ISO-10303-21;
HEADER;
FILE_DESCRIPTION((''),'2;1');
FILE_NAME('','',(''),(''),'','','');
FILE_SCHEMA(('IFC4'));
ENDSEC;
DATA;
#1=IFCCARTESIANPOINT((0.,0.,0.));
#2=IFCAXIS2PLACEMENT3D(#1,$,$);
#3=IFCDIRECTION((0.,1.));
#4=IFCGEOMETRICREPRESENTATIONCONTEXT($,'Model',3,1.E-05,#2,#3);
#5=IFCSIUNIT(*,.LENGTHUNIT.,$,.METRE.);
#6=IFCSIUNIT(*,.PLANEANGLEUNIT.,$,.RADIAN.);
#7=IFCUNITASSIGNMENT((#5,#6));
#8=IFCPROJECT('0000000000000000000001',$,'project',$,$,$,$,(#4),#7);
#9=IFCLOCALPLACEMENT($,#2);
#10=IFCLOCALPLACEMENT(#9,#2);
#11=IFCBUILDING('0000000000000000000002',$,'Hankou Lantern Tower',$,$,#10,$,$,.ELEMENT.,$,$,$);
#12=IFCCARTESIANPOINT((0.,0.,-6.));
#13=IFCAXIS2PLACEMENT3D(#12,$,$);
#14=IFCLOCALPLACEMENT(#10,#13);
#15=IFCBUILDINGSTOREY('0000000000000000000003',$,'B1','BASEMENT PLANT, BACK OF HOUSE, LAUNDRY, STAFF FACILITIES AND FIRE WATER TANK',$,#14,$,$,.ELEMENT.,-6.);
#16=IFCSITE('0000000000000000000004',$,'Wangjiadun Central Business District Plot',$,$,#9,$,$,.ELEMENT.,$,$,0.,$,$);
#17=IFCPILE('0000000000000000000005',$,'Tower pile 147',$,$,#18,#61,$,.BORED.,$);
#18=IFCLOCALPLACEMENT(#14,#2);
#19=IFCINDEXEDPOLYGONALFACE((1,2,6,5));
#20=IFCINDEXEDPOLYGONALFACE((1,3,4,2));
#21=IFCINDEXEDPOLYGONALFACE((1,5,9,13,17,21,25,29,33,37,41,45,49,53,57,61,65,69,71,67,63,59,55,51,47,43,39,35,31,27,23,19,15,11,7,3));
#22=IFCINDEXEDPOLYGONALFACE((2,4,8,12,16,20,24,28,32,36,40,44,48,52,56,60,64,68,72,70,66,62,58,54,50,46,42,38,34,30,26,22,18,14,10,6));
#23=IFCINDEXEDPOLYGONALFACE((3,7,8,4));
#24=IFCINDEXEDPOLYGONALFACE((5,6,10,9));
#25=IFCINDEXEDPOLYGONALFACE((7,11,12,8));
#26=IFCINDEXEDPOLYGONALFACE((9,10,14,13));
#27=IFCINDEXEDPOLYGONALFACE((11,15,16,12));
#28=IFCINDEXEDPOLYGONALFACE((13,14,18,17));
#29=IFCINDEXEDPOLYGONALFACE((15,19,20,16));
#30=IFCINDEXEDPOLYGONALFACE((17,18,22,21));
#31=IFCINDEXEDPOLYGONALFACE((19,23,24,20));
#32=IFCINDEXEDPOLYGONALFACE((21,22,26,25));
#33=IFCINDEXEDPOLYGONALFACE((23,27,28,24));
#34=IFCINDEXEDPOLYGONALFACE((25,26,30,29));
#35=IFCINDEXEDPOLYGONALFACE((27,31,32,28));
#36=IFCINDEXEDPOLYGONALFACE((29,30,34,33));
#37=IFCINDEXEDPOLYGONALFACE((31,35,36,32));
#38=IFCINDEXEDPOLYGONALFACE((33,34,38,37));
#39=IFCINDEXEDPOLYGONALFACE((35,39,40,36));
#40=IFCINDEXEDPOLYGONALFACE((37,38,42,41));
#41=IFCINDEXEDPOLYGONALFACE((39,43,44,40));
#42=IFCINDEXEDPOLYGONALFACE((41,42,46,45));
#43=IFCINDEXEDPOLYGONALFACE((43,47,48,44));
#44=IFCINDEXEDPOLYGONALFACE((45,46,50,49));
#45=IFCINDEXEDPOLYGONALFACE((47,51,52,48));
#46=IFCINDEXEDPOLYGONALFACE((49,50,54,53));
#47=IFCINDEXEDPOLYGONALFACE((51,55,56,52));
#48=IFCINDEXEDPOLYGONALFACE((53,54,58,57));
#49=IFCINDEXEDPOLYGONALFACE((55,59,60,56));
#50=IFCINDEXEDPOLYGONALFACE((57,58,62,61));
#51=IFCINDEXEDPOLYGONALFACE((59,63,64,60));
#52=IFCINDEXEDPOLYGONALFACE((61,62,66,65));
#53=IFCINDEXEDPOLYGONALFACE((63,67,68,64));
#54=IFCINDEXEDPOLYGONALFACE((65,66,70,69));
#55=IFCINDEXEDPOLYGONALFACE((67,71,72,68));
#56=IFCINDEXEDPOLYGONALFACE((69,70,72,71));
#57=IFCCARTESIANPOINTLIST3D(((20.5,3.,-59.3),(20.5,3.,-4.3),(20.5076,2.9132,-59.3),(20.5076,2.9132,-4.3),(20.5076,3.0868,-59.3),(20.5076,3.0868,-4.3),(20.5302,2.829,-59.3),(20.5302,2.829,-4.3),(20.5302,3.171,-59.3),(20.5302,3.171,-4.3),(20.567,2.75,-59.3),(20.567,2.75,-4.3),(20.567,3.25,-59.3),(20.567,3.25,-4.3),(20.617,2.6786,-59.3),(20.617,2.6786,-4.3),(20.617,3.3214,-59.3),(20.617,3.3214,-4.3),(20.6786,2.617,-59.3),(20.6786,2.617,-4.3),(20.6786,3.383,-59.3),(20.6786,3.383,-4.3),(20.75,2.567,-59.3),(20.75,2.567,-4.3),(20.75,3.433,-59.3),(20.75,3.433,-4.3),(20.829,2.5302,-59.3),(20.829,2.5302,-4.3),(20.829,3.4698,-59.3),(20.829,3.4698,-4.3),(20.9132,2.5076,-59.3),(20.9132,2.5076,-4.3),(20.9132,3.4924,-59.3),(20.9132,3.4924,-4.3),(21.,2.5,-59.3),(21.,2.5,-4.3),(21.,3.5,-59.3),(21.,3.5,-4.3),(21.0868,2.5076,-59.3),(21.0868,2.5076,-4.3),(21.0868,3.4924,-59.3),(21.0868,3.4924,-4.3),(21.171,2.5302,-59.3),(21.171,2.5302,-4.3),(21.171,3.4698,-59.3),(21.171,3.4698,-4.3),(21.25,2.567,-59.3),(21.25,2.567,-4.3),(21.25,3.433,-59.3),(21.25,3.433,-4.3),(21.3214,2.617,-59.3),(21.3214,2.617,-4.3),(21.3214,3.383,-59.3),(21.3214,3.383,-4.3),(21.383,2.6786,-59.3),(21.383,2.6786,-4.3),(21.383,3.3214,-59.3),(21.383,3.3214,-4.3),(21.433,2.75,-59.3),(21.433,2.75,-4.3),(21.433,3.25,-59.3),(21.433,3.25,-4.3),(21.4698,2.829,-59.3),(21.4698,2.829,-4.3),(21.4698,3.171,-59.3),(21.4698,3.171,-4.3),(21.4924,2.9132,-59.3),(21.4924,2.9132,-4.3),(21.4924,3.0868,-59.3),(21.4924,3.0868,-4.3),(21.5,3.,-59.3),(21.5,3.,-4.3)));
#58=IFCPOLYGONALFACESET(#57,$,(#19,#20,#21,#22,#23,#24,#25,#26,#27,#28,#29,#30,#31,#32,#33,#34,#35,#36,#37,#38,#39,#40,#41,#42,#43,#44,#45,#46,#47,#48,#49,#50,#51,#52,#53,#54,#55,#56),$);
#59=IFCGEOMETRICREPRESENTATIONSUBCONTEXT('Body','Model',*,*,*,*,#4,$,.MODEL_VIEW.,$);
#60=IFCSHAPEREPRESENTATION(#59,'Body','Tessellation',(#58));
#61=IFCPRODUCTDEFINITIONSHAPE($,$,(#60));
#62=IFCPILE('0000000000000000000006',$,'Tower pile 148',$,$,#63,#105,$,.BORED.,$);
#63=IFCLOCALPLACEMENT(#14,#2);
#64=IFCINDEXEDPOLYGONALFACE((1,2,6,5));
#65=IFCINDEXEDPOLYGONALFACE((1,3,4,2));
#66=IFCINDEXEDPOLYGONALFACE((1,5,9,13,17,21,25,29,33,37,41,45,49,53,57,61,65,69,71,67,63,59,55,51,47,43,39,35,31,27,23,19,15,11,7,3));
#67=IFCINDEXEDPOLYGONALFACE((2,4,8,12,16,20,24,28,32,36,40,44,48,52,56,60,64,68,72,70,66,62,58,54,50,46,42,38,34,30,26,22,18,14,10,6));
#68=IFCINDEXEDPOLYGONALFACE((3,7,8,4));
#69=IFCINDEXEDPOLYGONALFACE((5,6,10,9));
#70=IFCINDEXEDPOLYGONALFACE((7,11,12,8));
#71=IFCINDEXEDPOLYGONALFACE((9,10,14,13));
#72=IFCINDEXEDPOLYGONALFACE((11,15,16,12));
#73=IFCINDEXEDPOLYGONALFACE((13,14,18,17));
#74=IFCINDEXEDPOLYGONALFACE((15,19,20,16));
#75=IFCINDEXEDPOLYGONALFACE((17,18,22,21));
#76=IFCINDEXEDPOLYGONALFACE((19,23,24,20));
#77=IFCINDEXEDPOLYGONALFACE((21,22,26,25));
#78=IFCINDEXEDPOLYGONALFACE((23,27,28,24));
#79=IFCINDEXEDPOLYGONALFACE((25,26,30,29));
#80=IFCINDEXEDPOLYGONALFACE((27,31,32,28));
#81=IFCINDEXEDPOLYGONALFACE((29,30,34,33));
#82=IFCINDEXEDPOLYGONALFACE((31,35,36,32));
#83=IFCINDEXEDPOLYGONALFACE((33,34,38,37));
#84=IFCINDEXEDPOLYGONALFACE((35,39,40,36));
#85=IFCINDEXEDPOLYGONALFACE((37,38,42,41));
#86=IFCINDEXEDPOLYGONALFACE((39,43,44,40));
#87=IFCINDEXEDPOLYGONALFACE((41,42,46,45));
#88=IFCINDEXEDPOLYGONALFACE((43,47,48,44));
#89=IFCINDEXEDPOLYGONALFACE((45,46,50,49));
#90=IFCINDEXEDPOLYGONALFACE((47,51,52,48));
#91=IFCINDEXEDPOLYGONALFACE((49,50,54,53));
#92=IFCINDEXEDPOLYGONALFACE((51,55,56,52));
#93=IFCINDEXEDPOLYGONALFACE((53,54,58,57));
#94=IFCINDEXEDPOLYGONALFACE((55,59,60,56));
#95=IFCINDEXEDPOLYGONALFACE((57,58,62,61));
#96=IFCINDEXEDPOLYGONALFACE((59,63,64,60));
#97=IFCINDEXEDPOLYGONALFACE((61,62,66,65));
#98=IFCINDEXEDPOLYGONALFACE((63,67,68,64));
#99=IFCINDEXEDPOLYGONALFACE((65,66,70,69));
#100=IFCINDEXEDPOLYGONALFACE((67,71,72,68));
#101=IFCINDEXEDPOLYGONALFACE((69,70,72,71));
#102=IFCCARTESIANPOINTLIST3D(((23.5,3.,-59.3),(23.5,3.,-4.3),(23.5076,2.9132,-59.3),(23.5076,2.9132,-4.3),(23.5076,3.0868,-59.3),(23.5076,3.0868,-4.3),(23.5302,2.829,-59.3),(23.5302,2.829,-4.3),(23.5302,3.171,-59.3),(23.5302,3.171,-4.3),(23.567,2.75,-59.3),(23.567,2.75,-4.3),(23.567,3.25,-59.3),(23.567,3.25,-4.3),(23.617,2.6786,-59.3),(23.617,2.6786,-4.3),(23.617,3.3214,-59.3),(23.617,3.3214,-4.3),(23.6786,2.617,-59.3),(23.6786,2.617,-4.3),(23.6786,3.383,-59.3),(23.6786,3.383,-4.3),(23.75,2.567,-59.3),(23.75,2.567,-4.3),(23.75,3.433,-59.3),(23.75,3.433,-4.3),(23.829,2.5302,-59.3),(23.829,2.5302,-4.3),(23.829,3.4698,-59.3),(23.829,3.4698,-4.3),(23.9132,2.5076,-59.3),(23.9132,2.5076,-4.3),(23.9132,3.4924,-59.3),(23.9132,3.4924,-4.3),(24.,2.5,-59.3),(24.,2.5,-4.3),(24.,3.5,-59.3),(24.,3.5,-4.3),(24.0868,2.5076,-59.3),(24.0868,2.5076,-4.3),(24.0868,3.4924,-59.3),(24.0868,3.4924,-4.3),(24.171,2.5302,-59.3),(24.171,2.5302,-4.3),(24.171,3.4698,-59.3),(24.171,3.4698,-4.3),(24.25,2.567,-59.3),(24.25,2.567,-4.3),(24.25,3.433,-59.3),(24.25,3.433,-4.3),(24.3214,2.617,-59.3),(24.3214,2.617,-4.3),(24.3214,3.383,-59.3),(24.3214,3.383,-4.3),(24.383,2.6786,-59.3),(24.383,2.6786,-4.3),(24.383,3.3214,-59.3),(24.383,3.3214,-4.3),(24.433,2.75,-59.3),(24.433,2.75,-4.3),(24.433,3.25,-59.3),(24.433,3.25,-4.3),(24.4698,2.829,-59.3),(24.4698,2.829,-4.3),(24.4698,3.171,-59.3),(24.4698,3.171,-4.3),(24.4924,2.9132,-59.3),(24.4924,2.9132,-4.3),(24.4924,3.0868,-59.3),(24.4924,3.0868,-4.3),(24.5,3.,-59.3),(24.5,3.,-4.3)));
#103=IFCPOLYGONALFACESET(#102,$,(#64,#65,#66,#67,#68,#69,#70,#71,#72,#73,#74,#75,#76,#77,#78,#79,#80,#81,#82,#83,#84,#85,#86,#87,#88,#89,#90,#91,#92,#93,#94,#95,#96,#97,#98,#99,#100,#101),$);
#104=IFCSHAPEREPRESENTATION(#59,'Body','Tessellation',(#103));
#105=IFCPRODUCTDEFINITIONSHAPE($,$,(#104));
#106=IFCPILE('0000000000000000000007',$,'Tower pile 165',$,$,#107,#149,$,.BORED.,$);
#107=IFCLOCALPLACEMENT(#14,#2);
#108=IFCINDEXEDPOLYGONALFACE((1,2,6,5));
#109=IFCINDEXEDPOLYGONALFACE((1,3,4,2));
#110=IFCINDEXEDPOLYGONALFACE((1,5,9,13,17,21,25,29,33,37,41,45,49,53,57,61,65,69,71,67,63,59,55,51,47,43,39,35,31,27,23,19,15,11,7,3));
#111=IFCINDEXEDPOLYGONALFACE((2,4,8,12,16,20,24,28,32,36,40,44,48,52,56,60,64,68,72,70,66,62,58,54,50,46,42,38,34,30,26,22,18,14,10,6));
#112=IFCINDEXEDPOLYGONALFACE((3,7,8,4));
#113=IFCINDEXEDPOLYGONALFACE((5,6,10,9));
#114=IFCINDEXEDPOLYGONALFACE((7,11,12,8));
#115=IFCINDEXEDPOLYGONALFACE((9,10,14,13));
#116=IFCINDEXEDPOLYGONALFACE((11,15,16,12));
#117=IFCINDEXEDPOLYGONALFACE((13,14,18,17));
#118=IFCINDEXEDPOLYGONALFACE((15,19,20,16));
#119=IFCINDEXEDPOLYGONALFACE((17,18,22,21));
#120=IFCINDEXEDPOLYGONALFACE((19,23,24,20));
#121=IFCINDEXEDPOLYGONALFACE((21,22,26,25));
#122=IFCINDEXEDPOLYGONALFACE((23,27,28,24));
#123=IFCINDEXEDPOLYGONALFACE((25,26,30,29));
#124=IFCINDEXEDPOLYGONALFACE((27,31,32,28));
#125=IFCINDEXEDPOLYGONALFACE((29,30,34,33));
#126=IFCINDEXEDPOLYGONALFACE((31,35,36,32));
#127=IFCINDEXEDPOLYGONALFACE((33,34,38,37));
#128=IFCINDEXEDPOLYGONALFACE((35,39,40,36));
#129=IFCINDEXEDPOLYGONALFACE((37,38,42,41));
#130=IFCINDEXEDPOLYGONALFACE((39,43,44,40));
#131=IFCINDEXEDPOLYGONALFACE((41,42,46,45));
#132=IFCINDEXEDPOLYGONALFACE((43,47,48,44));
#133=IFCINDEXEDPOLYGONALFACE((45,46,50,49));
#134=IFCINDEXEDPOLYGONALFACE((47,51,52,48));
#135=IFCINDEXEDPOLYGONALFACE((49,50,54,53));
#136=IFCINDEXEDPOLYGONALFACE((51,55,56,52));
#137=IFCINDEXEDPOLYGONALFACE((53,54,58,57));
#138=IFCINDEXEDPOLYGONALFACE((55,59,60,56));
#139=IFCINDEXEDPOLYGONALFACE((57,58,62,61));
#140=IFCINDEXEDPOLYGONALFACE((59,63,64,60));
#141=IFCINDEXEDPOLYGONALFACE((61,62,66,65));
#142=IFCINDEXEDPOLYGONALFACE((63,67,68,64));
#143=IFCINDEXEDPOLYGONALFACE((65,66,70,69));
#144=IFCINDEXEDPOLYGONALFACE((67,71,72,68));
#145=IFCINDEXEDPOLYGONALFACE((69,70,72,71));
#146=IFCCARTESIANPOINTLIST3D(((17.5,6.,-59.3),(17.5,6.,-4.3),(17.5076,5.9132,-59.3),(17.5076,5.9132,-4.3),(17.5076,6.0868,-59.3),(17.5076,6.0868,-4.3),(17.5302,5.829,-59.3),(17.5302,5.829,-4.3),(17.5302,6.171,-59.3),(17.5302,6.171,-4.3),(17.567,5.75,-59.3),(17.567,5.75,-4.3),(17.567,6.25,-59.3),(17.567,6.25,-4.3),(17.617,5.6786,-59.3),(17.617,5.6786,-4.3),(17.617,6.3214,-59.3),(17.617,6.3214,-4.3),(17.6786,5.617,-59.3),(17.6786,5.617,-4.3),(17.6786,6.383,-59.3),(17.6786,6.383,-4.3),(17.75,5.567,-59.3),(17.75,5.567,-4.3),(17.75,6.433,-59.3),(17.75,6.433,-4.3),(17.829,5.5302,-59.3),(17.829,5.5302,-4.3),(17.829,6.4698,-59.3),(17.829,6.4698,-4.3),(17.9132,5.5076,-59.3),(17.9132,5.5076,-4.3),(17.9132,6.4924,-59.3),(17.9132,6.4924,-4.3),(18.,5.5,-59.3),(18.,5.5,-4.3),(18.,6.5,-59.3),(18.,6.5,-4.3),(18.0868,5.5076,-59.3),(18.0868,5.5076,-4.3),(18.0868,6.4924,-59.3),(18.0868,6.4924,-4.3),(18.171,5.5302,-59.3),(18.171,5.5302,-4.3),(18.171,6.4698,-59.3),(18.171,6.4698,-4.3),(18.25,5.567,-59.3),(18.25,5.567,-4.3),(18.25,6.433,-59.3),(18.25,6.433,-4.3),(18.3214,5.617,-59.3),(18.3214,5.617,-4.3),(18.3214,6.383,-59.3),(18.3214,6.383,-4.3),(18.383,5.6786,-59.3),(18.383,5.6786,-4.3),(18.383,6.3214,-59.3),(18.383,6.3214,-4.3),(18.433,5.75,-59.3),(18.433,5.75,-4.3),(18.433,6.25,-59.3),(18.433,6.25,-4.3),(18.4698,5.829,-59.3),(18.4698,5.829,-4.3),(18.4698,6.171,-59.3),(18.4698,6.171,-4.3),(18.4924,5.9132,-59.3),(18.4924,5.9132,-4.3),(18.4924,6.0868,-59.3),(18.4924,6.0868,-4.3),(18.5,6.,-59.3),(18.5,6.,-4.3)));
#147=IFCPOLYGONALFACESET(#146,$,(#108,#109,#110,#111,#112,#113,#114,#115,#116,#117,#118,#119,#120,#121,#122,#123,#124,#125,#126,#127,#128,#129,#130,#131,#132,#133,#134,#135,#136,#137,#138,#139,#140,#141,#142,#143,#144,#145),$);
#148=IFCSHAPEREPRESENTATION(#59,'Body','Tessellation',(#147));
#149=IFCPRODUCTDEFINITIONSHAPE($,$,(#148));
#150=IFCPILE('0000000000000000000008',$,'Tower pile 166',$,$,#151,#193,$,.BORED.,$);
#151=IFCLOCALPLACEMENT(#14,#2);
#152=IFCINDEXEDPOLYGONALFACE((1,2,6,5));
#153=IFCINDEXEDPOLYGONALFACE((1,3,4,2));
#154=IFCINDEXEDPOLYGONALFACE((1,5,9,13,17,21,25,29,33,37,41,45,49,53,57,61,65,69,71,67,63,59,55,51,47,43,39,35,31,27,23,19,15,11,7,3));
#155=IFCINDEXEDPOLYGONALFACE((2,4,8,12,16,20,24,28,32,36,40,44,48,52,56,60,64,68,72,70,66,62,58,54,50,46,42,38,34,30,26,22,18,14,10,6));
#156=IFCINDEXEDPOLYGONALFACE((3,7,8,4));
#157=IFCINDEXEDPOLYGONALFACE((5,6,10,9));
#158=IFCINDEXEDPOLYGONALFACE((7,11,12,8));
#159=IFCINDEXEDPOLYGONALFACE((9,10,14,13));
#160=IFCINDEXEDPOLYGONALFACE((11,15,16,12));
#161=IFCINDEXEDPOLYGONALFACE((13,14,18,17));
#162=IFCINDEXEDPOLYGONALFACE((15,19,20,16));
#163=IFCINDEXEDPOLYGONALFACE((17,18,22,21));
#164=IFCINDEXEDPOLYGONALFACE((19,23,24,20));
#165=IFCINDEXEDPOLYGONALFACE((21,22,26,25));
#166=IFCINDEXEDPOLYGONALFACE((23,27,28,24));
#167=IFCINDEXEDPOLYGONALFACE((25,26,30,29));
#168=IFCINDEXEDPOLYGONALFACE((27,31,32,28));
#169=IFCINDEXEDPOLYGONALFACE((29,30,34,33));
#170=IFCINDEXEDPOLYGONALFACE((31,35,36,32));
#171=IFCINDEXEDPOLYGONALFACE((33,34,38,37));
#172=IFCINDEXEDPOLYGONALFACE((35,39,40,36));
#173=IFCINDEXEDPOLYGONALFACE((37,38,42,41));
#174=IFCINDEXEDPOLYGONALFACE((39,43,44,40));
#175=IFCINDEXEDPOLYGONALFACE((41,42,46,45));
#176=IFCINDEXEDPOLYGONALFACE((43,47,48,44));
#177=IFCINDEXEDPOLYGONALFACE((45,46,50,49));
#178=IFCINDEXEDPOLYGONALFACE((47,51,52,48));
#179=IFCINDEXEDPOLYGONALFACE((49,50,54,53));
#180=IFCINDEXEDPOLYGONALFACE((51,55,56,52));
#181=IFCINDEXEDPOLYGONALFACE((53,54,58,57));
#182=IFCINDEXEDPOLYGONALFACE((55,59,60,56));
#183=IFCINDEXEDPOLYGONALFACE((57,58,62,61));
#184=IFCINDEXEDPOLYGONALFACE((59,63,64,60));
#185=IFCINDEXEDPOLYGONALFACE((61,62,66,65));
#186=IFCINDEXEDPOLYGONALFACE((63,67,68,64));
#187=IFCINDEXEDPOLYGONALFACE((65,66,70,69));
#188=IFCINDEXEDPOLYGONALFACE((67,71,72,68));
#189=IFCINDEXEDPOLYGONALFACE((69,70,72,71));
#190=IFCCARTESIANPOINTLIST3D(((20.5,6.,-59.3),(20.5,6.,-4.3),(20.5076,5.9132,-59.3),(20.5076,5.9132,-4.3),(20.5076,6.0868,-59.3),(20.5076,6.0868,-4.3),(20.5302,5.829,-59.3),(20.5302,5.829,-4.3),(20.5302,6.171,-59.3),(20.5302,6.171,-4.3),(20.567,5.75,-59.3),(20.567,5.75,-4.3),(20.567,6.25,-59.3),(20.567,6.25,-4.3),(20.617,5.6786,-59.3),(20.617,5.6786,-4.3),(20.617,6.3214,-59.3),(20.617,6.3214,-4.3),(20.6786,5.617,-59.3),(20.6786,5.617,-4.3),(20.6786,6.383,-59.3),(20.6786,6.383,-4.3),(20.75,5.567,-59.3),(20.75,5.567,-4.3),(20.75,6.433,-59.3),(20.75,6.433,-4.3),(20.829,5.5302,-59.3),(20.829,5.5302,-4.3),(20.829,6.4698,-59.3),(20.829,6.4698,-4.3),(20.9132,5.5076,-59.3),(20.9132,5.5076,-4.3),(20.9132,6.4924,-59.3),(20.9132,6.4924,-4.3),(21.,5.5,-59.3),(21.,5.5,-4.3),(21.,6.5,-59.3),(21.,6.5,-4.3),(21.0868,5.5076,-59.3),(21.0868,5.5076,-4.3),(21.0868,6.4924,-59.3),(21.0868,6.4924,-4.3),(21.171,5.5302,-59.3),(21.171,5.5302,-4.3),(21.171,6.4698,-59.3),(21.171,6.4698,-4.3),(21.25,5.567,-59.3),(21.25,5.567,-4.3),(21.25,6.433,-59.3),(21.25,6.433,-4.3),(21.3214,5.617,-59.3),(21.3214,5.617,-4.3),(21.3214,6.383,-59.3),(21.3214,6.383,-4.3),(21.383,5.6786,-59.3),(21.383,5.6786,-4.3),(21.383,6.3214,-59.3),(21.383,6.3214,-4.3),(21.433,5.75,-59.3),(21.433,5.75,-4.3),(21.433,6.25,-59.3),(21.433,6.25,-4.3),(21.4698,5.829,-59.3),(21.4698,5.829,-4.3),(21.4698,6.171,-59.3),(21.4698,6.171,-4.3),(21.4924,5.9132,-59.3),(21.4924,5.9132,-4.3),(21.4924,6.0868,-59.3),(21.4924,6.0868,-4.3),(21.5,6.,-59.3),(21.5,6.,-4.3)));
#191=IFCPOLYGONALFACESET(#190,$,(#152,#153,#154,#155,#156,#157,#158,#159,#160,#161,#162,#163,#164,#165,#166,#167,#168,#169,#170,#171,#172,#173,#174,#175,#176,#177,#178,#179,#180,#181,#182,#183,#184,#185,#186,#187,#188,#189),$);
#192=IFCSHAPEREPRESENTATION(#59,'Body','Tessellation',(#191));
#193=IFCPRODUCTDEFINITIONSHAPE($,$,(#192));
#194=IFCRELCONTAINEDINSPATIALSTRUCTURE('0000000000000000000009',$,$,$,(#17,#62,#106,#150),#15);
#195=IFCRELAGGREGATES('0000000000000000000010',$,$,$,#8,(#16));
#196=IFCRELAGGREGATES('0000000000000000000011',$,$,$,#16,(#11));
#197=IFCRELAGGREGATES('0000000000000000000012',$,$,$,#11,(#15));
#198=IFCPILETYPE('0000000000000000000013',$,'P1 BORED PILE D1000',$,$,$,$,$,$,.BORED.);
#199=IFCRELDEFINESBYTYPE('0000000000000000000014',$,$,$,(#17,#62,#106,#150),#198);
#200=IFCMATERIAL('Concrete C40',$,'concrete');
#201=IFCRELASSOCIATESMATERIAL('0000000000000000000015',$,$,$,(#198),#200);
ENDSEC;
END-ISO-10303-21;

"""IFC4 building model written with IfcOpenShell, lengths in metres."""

from ifc_helpers import new_model, si_unit, direction, frame, origin, origin_2d, place, context, subcontext, project, spatial, circle, extrude, material, material_profile, profile_set, type_object, element, save


model = new_model("IFC4")

# Units and contexts
model_context = context("Model", 3, precision=1e-05, world=origin(), true_north=direction((0.0, 1.0)))
body_context = subcontext(model_context, "Body", "Model", "MODEL_VIEW")
ifc_project = project(units=[si_unit("LENGTHUNIT", "METRE"), si_unit("PLANEANGLEUNIT", "RADIAN")], contexts=[model_context])

# Site, building, storey
site_placement = place(None, origin())
site = spatial("IfcSite", under=ifc_project, at=site_placement, Name="Wangjiadun Central Business District Plot", CompositionType="ELEMENT", RefElevation=0.0)
building_placement = place(site_placement, origin())
building = spatial("IfcBuilding", under=site, at=building_placement, Name="Hankou Lantern Tower", CompositionType="ELEMENT")
storey_placement = place(building_placement, frame((0.0, 0.0, -6.0)))
storey = spatial("IfcBuildingStorey", under=building, at=storey_placement, Name="B1", Description="BASEMENT PLANT, BACK OF HOUSE, LAUNDRY, STAFF FACILITIES AND FIRE WATER TANK", CompositionType="ELEMENT", Elevation=-6.0)

# Piles
ifc_material_1 = material(Name="Concrete C40", Category="concrete")
ifc_material_profile_1 = material_profile(ifc_material_1, circle(Radius=0.5, at=origin_2d()), Name="RC D1000")
ifc_profile_set_1 = profile_set([ifc_material_profile_1], Name="Concrete C40")
pile_type = type_object("IfcPileType", Name="P1 BORED PILE D1000", PredefinedType="BORED", material=ifc_profile_set_1)
for number, where, z_axis, x_axis, name in (
    (1, (21.0, 3.0, -4.3), (0.0, 0.0, -1.0), (1.0, 0.0, 0.0), "Tower pile 147"),
    (2, (24.0, 3.0, -4.3), (0.0, 0.0, -1.0), (1.0, 0.0, 0.0), "Tower pile 148"),
    (3, (18.0, 6.0, -4.3), (0.0, 0.0, -1.0), (1.0, 0.0, 0.0), "Tower pile 165"),
    (4, (21.0, 6.0, -4.3), (0.0, 0.0, -1.0), (1.0, 0.0, 0.0), "Tower pile 166"),
):
    element("IfcPile", number, at=place(storey_placement, frame(where, z_axis=z_axis, x_axis=x_axis)), inside=storey, type_object=pile_type, Name=name, PredefinedType="BORED", context=body_context, shape_type="SweptSolid", body=[
        extrude(circle(Radius=0.5, at=origin_2d()), origin(), (0.0, 0.0, 1.0), 55.0),
    ])

save(model, "model.ifc")
